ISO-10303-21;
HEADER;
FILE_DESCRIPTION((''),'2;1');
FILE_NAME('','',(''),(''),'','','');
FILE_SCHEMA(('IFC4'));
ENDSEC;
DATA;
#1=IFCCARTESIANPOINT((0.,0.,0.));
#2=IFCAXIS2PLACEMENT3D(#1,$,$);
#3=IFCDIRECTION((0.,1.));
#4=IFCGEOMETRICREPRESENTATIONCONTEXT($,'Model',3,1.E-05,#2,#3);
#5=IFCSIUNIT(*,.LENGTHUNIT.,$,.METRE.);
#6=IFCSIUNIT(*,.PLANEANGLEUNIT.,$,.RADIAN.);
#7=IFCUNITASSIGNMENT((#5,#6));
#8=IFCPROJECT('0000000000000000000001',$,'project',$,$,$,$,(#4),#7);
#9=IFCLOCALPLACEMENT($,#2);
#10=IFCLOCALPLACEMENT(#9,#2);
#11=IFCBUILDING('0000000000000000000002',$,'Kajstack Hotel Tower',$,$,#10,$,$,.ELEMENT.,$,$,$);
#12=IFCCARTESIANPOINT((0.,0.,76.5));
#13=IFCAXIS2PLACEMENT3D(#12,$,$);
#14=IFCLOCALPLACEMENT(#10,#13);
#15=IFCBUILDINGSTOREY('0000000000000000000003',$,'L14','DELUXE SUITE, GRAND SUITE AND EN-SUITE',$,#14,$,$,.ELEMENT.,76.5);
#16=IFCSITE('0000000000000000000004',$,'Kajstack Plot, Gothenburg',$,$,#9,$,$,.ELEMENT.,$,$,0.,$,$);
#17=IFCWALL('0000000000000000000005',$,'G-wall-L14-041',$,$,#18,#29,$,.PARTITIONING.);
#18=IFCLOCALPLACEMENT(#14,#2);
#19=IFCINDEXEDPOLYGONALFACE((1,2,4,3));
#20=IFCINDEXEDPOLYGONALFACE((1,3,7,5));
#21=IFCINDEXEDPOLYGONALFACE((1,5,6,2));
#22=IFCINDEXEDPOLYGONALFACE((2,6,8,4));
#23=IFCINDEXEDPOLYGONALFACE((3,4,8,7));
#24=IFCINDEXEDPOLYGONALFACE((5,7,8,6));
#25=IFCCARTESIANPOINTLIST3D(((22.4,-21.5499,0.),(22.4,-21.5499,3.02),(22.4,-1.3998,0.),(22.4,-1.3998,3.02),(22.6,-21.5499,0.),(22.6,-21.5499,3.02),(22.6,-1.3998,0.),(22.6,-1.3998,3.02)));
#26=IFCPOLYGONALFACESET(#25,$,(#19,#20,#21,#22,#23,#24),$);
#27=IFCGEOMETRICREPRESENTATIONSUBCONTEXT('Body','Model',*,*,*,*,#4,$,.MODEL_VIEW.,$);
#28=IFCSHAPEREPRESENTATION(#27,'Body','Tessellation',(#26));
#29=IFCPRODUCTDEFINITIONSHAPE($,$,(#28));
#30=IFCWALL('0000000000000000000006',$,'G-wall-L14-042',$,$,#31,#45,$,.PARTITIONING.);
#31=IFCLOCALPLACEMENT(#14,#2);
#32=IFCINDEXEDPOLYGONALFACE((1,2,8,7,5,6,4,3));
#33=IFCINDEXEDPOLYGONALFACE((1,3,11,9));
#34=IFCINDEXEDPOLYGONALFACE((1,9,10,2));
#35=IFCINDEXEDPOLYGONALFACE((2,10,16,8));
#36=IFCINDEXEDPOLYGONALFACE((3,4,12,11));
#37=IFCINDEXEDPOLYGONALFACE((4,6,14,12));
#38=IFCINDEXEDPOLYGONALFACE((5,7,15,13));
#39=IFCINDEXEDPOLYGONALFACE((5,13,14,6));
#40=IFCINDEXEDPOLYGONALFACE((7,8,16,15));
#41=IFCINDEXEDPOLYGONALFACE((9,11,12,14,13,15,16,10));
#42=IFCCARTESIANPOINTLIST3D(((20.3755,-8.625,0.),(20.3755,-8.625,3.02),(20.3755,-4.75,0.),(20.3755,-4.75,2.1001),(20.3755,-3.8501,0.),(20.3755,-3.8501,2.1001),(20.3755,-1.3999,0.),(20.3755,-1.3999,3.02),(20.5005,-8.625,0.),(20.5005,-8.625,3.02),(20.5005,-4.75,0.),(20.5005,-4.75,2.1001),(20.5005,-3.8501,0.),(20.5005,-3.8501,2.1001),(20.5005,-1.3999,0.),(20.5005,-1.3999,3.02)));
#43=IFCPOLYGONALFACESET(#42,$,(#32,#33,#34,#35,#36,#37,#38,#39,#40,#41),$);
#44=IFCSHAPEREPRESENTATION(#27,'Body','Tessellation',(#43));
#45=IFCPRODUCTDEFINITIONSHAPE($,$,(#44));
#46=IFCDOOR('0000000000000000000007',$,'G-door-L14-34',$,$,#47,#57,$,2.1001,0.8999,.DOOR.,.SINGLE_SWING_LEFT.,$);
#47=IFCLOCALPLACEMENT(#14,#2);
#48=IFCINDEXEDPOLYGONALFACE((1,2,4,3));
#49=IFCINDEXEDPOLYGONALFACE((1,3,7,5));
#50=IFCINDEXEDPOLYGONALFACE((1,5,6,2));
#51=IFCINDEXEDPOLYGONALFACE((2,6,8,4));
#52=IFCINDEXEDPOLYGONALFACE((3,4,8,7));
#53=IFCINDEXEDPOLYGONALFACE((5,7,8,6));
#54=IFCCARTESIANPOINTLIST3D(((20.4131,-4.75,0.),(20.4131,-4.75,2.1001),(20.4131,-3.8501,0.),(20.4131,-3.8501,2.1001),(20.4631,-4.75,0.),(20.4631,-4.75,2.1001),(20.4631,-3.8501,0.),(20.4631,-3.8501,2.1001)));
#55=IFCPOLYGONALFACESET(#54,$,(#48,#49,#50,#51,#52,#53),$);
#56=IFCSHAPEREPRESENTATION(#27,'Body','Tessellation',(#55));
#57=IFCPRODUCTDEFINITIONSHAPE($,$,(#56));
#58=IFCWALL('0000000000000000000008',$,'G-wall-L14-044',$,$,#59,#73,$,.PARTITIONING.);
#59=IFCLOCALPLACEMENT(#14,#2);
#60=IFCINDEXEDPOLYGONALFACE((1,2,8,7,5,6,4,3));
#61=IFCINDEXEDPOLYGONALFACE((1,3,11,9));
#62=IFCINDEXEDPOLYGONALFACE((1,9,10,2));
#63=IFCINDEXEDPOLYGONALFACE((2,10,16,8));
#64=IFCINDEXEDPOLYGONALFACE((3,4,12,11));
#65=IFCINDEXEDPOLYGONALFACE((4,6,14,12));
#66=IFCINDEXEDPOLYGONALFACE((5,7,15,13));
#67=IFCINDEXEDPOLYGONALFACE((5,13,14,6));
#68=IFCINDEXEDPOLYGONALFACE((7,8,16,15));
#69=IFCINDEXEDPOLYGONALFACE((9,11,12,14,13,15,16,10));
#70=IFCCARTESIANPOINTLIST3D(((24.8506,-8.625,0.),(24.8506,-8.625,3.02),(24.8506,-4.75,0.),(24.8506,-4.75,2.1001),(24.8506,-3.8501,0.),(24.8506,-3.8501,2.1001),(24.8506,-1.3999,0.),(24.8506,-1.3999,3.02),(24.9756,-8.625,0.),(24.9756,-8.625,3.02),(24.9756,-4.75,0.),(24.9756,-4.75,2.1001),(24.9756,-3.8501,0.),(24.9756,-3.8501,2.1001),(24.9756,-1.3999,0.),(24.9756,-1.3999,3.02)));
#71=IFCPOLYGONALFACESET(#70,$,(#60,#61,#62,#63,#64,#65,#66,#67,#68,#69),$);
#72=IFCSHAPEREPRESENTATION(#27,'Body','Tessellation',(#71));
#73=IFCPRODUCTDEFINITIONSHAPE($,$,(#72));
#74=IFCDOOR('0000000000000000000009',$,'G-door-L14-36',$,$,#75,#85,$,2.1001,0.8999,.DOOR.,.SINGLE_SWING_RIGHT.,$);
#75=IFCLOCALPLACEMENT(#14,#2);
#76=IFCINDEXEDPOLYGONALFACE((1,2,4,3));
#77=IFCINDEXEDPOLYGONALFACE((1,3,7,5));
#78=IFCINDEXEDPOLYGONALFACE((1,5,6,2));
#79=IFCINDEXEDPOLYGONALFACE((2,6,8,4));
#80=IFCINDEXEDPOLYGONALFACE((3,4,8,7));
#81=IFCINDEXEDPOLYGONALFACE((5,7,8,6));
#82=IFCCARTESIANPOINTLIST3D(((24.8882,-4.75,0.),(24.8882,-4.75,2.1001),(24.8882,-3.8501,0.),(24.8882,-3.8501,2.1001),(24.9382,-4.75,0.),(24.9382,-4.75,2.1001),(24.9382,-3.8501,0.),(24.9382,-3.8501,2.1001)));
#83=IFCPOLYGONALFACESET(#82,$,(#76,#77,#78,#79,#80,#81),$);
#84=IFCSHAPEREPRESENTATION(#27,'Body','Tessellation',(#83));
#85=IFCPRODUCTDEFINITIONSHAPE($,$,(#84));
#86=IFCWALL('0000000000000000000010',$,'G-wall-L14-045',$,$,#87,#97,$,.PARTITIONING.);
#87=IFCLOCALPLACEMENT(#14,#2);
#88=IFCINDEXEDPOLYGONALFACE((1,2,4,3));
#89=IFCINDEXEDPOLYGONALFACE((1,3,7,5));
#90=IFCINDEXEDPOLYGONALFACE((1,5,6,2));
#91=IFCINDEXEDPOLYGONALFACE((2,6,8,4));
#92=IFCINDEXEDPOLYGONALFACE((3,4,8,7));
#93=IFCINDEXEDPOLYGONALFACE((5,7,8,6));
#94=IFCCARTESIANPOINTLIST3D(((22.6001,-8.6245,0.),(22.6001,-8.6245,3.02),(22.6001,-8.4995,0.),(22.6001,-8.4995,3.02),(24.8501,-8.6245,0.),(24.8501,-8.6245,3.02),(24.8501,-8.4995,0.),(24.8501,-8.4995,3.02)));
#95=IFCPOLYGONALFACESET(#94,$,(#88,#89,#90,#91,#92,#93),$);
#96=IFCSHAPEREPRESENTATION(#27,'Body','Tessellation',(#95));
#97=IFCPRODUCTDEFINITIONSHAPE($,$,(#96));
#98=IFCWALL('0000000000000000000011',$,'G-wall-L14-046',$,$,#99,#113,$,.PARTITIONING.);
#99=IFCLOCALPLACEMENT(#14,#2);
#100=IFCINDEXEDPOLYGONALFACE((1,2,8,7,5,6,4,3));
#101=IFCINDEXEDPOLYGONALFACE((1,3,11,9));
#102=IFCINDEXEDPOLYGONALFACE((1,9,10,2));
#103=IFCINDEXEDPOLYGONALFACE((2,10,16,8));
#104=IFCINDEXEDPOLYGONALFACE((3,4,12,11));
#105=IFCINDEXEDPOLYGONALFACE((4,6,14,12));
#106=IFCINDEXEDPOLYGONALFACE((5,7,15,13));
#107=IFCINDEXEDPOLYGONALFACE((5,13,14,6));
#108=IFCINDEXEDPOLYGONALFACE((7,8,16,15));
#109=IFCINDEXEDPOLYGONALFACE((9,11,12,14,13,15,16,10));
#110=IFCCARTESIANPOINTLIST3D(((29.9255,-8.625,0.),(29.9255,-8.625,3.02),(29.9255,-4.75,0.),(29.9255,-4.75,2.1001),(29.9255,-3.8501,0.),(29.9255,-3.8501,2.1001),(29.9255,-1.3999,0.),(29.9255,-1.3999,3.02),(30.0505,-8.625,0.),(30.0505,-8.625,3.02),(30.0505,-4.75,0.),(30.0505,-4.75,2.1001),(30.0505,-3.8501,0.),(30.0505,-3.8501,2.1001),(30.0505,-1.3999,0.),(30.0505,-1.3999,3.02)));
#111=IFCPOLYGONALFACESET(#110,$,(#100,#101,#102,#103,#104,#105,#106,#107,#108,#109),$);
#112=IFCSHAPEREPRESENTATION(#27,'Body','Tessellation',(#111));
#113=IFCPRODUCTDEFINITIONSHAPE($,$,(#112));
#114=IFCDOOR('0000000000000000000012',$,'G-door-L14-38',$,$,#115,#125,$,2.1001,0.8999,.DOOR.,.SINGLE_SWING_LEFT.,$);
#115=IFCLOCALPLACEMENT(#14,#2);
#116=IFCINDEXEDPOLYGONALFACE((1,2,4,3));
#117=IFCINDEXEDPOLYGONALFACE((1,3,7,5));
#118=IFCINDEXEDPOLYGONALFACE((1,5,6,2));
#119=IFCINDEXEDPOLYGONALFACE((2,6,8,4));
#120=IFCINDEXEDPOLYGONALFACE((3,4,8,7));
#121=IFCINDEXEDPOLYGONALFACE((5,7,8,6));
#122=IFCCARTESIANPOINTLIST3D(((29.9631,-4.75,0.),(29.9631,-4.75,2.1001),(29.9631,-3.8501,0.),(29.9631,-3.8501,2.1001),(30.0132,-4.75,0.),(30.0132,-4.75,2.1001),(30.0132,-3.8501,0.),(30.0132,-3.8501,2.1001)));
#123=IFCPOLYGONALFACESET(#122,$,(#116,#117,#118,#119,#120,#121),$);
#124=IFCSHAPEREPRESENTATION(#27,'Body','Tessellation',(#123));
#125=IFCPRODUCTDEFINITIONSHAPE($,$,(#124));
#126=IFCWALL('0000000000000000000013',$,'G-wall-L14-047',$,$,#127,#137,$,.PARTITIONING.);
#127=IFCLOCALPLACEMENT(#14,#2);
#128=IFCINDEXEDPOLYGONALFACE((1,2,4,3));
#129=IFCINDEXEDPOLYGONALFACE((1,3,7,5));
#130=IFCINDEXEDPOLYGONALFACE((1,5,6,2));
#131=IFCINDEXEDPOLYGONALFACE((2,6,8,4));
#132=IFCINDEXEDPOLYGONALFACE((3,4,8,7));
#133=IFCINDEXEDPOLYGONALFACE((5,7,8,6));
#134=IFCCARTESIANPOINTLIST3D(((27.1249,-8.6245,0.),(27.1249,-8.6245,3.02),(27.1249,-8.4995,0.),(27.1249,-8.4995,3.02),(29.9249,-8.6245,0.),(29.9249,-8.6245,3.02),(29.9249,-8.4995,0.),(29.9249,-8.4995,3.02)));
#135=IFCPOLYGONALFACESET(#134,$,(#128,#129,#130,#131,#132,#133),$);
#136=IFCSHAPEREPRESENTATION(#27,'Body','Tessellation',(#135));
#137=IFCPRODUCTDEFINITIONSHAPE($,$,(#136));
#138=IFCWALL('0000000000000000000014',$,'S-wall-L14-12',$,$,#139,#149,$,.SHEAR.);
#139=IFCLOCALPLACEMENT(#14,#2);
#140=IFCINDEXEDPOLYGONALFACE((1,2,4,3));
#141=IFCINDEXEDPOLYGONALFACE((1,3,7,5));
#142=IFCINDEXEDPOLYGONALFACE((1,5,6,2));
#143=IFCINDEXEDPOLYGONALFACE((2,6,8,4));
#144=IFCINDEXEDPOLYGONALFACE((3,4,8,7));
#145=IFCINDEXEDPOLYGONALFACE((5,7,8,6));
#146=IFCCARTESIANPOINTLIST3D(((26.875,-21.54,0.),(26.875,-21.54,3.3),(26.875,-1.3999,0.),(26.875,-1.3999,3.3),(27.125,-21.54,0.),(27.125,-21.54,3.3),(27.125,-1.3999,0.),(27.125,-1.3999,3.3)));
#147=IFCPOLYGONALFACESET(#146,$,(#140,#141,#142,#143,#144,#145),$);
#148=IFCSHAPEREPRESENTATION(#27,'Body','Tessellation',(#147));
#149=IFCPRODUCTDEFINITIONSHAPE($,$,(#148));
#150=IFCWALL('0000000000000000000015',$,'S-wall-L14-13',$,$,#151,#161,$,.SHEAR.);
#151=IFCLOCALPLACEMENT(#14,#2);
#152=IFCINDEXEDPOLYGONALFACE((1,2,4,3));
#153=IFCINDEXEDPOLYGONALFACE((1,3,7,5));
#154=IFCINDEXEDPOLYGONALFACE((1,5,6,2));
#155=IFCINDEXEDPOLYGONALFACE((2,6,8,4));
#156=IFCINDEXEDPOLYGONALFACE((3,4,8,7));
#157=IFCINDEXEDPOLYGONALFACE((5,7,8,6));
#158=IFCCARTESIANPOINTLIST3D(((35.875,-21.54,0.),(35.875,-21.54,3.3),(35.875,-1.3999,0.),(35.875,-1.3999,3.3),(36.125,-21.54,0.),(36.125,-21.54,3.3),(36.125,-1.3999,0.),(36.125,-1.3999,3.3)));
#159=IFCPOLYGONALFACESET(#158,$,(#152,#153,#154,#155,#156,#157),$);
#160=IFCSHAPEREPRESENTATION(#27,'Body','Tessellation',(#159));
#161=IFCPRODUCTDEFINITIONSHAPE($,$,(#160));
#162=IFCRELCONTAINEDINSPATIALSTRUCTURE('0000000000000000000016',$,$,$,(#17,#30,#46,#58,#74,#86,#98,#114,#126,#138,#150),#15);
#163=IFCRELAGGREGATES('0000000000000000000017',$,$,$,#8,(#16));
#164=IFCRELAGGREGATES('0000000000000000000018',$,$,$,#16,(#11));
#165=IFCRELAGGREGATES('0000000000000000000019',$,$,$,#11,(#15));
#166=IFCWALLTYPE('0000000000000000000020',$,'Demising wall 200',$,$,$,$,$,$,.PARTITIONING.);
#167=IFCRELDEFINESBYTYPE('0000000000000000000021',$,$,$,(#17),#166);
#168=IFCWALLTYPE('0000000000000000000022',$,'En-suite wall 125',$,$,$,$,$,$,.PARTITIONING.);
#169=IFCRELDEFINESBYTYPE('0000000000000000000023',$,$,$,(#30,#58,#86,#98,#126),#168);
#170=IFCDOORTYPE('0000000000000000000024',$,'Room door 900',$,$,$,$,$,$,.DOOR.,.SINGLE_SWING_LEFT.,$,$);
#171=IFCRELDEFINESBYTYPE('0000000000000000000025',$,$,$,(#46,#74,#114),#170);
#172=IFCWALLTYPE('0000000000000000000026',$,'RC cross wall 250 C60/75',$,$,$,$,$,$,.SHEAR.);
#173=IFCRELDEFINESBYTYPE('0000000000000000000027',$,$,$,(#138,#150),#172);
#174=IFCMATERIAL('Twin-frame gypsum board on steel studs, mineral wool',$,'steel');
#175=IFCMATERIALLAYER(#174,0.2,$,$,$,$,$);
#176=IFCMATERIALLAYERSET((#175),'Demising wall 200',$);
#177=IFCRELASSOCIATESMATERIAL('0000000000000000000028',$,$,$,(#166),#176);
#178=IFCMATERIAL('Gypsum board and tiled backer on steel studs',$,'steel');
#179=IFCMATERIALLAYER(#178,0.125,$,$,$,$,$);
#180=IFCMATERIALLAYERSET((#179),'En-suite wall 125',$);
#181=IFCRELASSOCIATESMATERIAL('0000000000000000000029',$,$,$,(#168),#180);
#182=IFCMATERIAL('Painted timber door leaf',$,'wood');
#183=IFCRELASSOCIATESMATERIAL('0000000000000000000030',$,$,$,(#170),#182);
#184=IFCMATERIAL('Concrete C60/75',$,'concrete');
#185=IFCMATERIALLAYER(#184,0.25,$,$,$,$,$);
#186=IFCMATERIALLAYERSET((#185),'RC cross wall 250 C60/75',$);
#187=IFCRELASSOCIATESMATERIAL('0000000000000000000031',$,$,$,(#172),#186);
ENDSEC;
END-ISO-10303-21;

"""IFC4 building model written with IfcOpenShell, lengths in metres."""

from ifc_helpers import new_model, si_unit, direction, frame, frame_2d, origin, place, context, subcontext, project, spatial, rectangle, extrude, material, layer, layer_set, type_object, element, fill, save


model = new_model("IFC4")

# Units and contexts
model_context = context("Model", 3, precision=1e-05, world=origin(), true_north=direction((0.0, 1.0)))
body_context = subcontext(model_context, "Body", "Model", "MODEL_VIEW")
ifc_project = project(units=[si_unit("LENGTHUNIT", "METRE"), si_unit("PLANEANGLEUNIT", "RADIAN")], contexts=[model_context])

# Site, building, storey
site_placement = place(None, origin())
site = spatial("IfcSite", under=ifc_project, at=site_placement, Name="Kajstack Plot, Gothenburg", CompositionType="ELEMENT", RefElevation=0.0)
building_placement = place(site_placement, origin())
building = spatial("IfcBuilding", under=site, at=building_placement, Name="Kajstack Hotel Tower", CompositionType="ELEMENT")
storey_placement = place(building_placement, frame((0.0, 0.0, 76.5)))
storey = spatial("IfcBuildingStorey", under=building, at=storey_placement, Name="L14", Description="DELUXE SUITE, GRAND SUITE AND EN-SUITE", CompositionType="ELEMENT", Elevation=76.5)

# Wall
ifc_material_1 = material(Name="Twin-frame gypsum board on steel studs, mineral wool", Category="steel")
ifc_layer_1 = layer(ifc_material_1, 0.2)
ifc_layer_set_1 = layer_set([ifc_layer_1], Name="Demising wall 200")
wall_type_1 = type_object("IfcWallType", Name="Demising wall 200", PredefinedType="PARTITIONING", material=ifc_layer_set_1)
wall_1_placement = place(storey_placement, frame((22.5, -21.55, 0.0), z_axis=(0.0, 0.0, 1.0), x_axis=(0.0, 1.0, 0.0)))
element("IfcWall", 1, at=wall_1_placement, inside=storey, type_object=wall_type_1, Name="G-wall-L14-041", PredefinedType="PARTITIONING", context=body_context, shape_type="SweptSolid", body=[
    extrude(rectangle(XDim=20.1501, YDim=0.2, at=frame_2d((10.0752, 0.0))), origin(), (0.0, 0.0, 1.0), 3.02),
])

# Walls, openings, doors
ifc_material_2 = material(Name="Gypsum board and tiled backer on steel studs", Category="steel")
ifc_layer_2 = layer(ifc_material_2, 0.125)
ifc_layer_set_2 = layer_set([ifc_layer_2], Name="En-suite wall 125")
wall_type_2 = type_object("IfcWallType", Name="En-suite wall 125", PredefinedType="PARTITIONING", material=ifc_layer_set_2)
wall_2_placement = place(storey_placement, frame((20.438, -8.625, 0.0), z_axis=(0.0, 0.0, 1.0), x_axis=(0.0, 1.0, 0.0)))
wall_2 = element("IfcWall", 2, at=wall_2_placement, inside=storey, type_object=wall_type_2, Name="G-wall-L14-042", PredefinedType="PARTITIONING", context=body_context, shape_type="SweptSolid", body=[
    extrude(rectangle(XDim=7.2251, YDim=0.125, at=frame_2d((3.6125, 0.0))), origin(), (0.0, 0.0, 1.0), 3.02),
])
opening_1_placement = place(wall_2_placement, frame((3.875, 0.0, 0.0)))
opening_1 = element("IfcOpeningElement", 3, at=opening_1_placement, cuts=wall_2, PredefinedType="OPENING", context=body_context, shape_type="SweptSolid", body=[
    extrude(rectangle(XDim=0.8999, YDim=2.1001, at=frame_2d((0.45, 1.05))), frame((0.0, 0.0725, 0.0), z_axis=(0.0, -1.0, 0.0), x_axis=(1.0, 0.0, 0.0)), (0.0, 0.0, 1.0), 0.145),
])
ifc_material_3 = material(Name="Painted timber door leaf", Category="wood")
door_type_1 = type_object("IfcDoorType", Name="Room door 900", OperationType="SINGLE_SWING_LEFT", PredefinedType="DOOR", material=ifc_material_3)
door_1_placement = place(opening_1_placement, origin())
door_1 = element("IfcDoor", 4, at=door_1_placement, inside=storey, type_object=door_type_1, Name="G-door-L14-34", OperationType="SINGLE_SWING_LEFT", OverallHeight=2.1001, OverallWidth=0.8999, PredefinedType="DOOR", context=body_context, shape_type="SweptSolid", body=[
    extrude(rectangle(XDim=0.8999, YDim=2.1001, at=frame_2d((0.45, 1.05))), frame((0.0, 0.0249, 0.0), z_axis=(0.0, -1.0, 0.0), x_axis=(1.0, 0.0, 0.0)), (0.0, 0.0, 1.0), 0.05),
])
fill(opening_1, door_1)
wall_3_placement = place(storey_placement, frame((24.9131, -8.625, 0.0), z_axis=(0.0, 0.0, 1.0), x_axis=(0.0, 1.0, 0.0)))
wall_3 = element("IfcWall", 5, at=wall_3_placement, inside=storey, type_object=wall_type_2, Name="G-wall-L14-044", PredefinedType="PARTITIONING", context=body_context, shape_type="SweptSolid", body=[
    extrude(rectangle(XDim=7.2251, YDim=0.125, at=frame_2d((3.6125, 0.0))), origin(), (0.0, 0.0, 1.0), 3.02),
])
opening_2_placement = place(wall_3_placement, frame((3.875, 0.0, 0.0)))
opening_2 = element("IfcOpeningElement", 6, at=opening_2_placement, cuts=wall_3, PredefinedType="OPENING", context=body_context, shape_type="SweptSolid", body=[
    extrude(rectangle(XDim=0.8999, YDim=2.1001, at=frame_2d((0.45, 1.05))), frame((0.0, 0.0725, 0.0), z_axis=(0.0, -1.0, 0.0), x_axis=(1.0, 0.0, 0.0)), (0.0, 0.0, 1.0), 0.145),
])
door_2_placement = place(opening_2_placement, origin())
door_2 = element("IfcDoor", 7, at=door_2_placement, inside=storey, type_object=door_type_1, Name="G-door-L14-36", OperationType="SINGLE_SWING_RIGHT", OverallHeight=2.1001, OverallWidth=0.8999, PredefinedType="DOOR", context=body_context, shape_type="SweptSolid", body=[
    extrude(rectangle(XDim=0.8999, YDim=2.1001, at=frame_2d((0.45, 1.05))), frame((0.0, 0.0249, 0.0), z_axis=(0.0, -1.0, 0.0), x_axis=(1.0, 0.0, 0.0)), (0.0, 0.0, 1.0), 0.05),
])
fill(opening_2, door_2)

# Wall
wall_4_placement = place(storey_placement, frame((22.6001, -8.562, 0.0), z_axis=(0.0, 0.0, 1.0), x_axis=(1.0, 0.0, 0.0)))
element("IfcWall", 8, at=wall_4_placement, inside=storey, type_object=wall_type_2, Name="G-wall-L14-045", PredefinedType="PARTITIONING", context=body_context, shape_type="SweptSolid", body=[
    extrude(rectangle(XDim=2.25, YDim=0.125, at=frame_2d((1.125, 0.0))), origin(), (0.0, 0.0, 1.0), 3.02),
])

# Wall, opening, door
wall_5_placement = place(storey_placement, frame((29.988, -8.625, 0.0), z_axis=(0.0, 0.0, 1.0), x_axis=(0.0, 1.0, 0.0)))
wall_5 = element("IfcWall", 9, at=wall_5_placement, inside=storey, type_object=wall_type_2, Name="G-wall-L14-046", PredefinedType="PARTITIONING", context=body_context, shape_type="SweptSolid", body=[
    extrude(rectangle(XDim=7.2251, YDim=0.125, at=frame_2d((3.6125, 0.0))), origin(), (0.0, 0.0, 1.0), 3.02),
])
opening_3_placement = place(wall_5_placement, frame((3.875, 0.0, 0.0)))
opening_3 = element("IfcOpeningElement", 10, at=opening_3_placement, cuts=wall_5, PredefinedType="OPENING", context=body_context, shape_type="SweptSolid", body=[
    extrude(rectangle(XDim=0.8999, YDim=2.1001, at=frame_2d((0.45, 1.05))), frame((0.0, 0.0725, 0.0), z_axis=(0.0, -1.0, 0.0), x_axis=(1.0, 0.0, 0.0)), (0.0, 0.0, 1.0), 0.145),
])
door_3_placement = place(opening_3_placement, origin())
door_3 = element("IfcDoor", 11, at=door_3_placement, inside=storey, type_object=door_type_1, Name="G-door-L14-38", OperationType="SINGLE_SWING_LEFT", OverallHeight=2.1001, OverallWidth=0.8999, PredefinedType="DOOR", context=body_context, shape_type="SweptSolid", body=[
    extrude(rectangle(XDim=0.8999, YDim=2.1001, at=frame_2d((0.45, 1.05))), frame((0.0, 0.0249, 0.0), z_axis=(0.0, -1.0, 0.0), x_axis=(1.0, 0.0, 0.0)), (0.0, 0.0, 1.0), 0.05),
])
fill(opening_3, door_3)

# Walls
wall_6_placement = place(storey_placement, frame((27.125, -8.562, 0.0), z_axis=(0.0, 0.0, 1.0), x_axis=(1.0, 0.0, 0.0)))
element("IfcWall", 12, at=wall_6_placement, inside=storey, type_object=wall_type_2, Name="G-wall-L14-047", PredefinedType="PARTITIONING", context=body_context, shape_type="SweptSolid", body=[
    extrude(rectangle(XDim=2.8, YDim=0.125, at=frame_2d((1.3999, 0.0))), origin(), (0.0, 0.0, 1.0), 3.02),
])
ifc_material_4 = material(Name="Concrete C60/75", Category="concrete")
ifc_layer_3 = layer(ifc_material_4, 0.25)
ifc_layer_set_3 = layer_set([ifc_layer_3], Name="RC cross wall 250 C60/75")
wall_type_3 = type_object("IfcWallType", Name="RC cross wall 250 C60/75", PredefinedType="SHEAR", material=ifc_layer_set_3)
for number, where, z_axis, x_axis, name in (
    (13, (27.0, -21.54, 0.0), (0.0, 0.0, 1.0), (0.0, 1.0, 0.0), "S-wall-L14-12"),
    (14, (36.0, -21.54, 0.0), (0.0, 0.0, 1.0), (0.0, 1.0, 0.0), "S-wall-L14-13"),
):
    element("IfcWall", number, at=place(storey_placement, frame(where, z_axis=z_axis, x_axis=x_axis)), inside=storey, type_object=wall_type_3, Name=name, PredefinedType="SHEAR", context=body_context, shape_type="SweptSolid", body=[
        extrude(rectangle(XDim=20.1401, YDim=0.25, at=frame_2d((10.0701, 0.0))), origin(), (0.0, 0.0, 1.0), 3.3),
    ])

save(model, "model.ifc")
